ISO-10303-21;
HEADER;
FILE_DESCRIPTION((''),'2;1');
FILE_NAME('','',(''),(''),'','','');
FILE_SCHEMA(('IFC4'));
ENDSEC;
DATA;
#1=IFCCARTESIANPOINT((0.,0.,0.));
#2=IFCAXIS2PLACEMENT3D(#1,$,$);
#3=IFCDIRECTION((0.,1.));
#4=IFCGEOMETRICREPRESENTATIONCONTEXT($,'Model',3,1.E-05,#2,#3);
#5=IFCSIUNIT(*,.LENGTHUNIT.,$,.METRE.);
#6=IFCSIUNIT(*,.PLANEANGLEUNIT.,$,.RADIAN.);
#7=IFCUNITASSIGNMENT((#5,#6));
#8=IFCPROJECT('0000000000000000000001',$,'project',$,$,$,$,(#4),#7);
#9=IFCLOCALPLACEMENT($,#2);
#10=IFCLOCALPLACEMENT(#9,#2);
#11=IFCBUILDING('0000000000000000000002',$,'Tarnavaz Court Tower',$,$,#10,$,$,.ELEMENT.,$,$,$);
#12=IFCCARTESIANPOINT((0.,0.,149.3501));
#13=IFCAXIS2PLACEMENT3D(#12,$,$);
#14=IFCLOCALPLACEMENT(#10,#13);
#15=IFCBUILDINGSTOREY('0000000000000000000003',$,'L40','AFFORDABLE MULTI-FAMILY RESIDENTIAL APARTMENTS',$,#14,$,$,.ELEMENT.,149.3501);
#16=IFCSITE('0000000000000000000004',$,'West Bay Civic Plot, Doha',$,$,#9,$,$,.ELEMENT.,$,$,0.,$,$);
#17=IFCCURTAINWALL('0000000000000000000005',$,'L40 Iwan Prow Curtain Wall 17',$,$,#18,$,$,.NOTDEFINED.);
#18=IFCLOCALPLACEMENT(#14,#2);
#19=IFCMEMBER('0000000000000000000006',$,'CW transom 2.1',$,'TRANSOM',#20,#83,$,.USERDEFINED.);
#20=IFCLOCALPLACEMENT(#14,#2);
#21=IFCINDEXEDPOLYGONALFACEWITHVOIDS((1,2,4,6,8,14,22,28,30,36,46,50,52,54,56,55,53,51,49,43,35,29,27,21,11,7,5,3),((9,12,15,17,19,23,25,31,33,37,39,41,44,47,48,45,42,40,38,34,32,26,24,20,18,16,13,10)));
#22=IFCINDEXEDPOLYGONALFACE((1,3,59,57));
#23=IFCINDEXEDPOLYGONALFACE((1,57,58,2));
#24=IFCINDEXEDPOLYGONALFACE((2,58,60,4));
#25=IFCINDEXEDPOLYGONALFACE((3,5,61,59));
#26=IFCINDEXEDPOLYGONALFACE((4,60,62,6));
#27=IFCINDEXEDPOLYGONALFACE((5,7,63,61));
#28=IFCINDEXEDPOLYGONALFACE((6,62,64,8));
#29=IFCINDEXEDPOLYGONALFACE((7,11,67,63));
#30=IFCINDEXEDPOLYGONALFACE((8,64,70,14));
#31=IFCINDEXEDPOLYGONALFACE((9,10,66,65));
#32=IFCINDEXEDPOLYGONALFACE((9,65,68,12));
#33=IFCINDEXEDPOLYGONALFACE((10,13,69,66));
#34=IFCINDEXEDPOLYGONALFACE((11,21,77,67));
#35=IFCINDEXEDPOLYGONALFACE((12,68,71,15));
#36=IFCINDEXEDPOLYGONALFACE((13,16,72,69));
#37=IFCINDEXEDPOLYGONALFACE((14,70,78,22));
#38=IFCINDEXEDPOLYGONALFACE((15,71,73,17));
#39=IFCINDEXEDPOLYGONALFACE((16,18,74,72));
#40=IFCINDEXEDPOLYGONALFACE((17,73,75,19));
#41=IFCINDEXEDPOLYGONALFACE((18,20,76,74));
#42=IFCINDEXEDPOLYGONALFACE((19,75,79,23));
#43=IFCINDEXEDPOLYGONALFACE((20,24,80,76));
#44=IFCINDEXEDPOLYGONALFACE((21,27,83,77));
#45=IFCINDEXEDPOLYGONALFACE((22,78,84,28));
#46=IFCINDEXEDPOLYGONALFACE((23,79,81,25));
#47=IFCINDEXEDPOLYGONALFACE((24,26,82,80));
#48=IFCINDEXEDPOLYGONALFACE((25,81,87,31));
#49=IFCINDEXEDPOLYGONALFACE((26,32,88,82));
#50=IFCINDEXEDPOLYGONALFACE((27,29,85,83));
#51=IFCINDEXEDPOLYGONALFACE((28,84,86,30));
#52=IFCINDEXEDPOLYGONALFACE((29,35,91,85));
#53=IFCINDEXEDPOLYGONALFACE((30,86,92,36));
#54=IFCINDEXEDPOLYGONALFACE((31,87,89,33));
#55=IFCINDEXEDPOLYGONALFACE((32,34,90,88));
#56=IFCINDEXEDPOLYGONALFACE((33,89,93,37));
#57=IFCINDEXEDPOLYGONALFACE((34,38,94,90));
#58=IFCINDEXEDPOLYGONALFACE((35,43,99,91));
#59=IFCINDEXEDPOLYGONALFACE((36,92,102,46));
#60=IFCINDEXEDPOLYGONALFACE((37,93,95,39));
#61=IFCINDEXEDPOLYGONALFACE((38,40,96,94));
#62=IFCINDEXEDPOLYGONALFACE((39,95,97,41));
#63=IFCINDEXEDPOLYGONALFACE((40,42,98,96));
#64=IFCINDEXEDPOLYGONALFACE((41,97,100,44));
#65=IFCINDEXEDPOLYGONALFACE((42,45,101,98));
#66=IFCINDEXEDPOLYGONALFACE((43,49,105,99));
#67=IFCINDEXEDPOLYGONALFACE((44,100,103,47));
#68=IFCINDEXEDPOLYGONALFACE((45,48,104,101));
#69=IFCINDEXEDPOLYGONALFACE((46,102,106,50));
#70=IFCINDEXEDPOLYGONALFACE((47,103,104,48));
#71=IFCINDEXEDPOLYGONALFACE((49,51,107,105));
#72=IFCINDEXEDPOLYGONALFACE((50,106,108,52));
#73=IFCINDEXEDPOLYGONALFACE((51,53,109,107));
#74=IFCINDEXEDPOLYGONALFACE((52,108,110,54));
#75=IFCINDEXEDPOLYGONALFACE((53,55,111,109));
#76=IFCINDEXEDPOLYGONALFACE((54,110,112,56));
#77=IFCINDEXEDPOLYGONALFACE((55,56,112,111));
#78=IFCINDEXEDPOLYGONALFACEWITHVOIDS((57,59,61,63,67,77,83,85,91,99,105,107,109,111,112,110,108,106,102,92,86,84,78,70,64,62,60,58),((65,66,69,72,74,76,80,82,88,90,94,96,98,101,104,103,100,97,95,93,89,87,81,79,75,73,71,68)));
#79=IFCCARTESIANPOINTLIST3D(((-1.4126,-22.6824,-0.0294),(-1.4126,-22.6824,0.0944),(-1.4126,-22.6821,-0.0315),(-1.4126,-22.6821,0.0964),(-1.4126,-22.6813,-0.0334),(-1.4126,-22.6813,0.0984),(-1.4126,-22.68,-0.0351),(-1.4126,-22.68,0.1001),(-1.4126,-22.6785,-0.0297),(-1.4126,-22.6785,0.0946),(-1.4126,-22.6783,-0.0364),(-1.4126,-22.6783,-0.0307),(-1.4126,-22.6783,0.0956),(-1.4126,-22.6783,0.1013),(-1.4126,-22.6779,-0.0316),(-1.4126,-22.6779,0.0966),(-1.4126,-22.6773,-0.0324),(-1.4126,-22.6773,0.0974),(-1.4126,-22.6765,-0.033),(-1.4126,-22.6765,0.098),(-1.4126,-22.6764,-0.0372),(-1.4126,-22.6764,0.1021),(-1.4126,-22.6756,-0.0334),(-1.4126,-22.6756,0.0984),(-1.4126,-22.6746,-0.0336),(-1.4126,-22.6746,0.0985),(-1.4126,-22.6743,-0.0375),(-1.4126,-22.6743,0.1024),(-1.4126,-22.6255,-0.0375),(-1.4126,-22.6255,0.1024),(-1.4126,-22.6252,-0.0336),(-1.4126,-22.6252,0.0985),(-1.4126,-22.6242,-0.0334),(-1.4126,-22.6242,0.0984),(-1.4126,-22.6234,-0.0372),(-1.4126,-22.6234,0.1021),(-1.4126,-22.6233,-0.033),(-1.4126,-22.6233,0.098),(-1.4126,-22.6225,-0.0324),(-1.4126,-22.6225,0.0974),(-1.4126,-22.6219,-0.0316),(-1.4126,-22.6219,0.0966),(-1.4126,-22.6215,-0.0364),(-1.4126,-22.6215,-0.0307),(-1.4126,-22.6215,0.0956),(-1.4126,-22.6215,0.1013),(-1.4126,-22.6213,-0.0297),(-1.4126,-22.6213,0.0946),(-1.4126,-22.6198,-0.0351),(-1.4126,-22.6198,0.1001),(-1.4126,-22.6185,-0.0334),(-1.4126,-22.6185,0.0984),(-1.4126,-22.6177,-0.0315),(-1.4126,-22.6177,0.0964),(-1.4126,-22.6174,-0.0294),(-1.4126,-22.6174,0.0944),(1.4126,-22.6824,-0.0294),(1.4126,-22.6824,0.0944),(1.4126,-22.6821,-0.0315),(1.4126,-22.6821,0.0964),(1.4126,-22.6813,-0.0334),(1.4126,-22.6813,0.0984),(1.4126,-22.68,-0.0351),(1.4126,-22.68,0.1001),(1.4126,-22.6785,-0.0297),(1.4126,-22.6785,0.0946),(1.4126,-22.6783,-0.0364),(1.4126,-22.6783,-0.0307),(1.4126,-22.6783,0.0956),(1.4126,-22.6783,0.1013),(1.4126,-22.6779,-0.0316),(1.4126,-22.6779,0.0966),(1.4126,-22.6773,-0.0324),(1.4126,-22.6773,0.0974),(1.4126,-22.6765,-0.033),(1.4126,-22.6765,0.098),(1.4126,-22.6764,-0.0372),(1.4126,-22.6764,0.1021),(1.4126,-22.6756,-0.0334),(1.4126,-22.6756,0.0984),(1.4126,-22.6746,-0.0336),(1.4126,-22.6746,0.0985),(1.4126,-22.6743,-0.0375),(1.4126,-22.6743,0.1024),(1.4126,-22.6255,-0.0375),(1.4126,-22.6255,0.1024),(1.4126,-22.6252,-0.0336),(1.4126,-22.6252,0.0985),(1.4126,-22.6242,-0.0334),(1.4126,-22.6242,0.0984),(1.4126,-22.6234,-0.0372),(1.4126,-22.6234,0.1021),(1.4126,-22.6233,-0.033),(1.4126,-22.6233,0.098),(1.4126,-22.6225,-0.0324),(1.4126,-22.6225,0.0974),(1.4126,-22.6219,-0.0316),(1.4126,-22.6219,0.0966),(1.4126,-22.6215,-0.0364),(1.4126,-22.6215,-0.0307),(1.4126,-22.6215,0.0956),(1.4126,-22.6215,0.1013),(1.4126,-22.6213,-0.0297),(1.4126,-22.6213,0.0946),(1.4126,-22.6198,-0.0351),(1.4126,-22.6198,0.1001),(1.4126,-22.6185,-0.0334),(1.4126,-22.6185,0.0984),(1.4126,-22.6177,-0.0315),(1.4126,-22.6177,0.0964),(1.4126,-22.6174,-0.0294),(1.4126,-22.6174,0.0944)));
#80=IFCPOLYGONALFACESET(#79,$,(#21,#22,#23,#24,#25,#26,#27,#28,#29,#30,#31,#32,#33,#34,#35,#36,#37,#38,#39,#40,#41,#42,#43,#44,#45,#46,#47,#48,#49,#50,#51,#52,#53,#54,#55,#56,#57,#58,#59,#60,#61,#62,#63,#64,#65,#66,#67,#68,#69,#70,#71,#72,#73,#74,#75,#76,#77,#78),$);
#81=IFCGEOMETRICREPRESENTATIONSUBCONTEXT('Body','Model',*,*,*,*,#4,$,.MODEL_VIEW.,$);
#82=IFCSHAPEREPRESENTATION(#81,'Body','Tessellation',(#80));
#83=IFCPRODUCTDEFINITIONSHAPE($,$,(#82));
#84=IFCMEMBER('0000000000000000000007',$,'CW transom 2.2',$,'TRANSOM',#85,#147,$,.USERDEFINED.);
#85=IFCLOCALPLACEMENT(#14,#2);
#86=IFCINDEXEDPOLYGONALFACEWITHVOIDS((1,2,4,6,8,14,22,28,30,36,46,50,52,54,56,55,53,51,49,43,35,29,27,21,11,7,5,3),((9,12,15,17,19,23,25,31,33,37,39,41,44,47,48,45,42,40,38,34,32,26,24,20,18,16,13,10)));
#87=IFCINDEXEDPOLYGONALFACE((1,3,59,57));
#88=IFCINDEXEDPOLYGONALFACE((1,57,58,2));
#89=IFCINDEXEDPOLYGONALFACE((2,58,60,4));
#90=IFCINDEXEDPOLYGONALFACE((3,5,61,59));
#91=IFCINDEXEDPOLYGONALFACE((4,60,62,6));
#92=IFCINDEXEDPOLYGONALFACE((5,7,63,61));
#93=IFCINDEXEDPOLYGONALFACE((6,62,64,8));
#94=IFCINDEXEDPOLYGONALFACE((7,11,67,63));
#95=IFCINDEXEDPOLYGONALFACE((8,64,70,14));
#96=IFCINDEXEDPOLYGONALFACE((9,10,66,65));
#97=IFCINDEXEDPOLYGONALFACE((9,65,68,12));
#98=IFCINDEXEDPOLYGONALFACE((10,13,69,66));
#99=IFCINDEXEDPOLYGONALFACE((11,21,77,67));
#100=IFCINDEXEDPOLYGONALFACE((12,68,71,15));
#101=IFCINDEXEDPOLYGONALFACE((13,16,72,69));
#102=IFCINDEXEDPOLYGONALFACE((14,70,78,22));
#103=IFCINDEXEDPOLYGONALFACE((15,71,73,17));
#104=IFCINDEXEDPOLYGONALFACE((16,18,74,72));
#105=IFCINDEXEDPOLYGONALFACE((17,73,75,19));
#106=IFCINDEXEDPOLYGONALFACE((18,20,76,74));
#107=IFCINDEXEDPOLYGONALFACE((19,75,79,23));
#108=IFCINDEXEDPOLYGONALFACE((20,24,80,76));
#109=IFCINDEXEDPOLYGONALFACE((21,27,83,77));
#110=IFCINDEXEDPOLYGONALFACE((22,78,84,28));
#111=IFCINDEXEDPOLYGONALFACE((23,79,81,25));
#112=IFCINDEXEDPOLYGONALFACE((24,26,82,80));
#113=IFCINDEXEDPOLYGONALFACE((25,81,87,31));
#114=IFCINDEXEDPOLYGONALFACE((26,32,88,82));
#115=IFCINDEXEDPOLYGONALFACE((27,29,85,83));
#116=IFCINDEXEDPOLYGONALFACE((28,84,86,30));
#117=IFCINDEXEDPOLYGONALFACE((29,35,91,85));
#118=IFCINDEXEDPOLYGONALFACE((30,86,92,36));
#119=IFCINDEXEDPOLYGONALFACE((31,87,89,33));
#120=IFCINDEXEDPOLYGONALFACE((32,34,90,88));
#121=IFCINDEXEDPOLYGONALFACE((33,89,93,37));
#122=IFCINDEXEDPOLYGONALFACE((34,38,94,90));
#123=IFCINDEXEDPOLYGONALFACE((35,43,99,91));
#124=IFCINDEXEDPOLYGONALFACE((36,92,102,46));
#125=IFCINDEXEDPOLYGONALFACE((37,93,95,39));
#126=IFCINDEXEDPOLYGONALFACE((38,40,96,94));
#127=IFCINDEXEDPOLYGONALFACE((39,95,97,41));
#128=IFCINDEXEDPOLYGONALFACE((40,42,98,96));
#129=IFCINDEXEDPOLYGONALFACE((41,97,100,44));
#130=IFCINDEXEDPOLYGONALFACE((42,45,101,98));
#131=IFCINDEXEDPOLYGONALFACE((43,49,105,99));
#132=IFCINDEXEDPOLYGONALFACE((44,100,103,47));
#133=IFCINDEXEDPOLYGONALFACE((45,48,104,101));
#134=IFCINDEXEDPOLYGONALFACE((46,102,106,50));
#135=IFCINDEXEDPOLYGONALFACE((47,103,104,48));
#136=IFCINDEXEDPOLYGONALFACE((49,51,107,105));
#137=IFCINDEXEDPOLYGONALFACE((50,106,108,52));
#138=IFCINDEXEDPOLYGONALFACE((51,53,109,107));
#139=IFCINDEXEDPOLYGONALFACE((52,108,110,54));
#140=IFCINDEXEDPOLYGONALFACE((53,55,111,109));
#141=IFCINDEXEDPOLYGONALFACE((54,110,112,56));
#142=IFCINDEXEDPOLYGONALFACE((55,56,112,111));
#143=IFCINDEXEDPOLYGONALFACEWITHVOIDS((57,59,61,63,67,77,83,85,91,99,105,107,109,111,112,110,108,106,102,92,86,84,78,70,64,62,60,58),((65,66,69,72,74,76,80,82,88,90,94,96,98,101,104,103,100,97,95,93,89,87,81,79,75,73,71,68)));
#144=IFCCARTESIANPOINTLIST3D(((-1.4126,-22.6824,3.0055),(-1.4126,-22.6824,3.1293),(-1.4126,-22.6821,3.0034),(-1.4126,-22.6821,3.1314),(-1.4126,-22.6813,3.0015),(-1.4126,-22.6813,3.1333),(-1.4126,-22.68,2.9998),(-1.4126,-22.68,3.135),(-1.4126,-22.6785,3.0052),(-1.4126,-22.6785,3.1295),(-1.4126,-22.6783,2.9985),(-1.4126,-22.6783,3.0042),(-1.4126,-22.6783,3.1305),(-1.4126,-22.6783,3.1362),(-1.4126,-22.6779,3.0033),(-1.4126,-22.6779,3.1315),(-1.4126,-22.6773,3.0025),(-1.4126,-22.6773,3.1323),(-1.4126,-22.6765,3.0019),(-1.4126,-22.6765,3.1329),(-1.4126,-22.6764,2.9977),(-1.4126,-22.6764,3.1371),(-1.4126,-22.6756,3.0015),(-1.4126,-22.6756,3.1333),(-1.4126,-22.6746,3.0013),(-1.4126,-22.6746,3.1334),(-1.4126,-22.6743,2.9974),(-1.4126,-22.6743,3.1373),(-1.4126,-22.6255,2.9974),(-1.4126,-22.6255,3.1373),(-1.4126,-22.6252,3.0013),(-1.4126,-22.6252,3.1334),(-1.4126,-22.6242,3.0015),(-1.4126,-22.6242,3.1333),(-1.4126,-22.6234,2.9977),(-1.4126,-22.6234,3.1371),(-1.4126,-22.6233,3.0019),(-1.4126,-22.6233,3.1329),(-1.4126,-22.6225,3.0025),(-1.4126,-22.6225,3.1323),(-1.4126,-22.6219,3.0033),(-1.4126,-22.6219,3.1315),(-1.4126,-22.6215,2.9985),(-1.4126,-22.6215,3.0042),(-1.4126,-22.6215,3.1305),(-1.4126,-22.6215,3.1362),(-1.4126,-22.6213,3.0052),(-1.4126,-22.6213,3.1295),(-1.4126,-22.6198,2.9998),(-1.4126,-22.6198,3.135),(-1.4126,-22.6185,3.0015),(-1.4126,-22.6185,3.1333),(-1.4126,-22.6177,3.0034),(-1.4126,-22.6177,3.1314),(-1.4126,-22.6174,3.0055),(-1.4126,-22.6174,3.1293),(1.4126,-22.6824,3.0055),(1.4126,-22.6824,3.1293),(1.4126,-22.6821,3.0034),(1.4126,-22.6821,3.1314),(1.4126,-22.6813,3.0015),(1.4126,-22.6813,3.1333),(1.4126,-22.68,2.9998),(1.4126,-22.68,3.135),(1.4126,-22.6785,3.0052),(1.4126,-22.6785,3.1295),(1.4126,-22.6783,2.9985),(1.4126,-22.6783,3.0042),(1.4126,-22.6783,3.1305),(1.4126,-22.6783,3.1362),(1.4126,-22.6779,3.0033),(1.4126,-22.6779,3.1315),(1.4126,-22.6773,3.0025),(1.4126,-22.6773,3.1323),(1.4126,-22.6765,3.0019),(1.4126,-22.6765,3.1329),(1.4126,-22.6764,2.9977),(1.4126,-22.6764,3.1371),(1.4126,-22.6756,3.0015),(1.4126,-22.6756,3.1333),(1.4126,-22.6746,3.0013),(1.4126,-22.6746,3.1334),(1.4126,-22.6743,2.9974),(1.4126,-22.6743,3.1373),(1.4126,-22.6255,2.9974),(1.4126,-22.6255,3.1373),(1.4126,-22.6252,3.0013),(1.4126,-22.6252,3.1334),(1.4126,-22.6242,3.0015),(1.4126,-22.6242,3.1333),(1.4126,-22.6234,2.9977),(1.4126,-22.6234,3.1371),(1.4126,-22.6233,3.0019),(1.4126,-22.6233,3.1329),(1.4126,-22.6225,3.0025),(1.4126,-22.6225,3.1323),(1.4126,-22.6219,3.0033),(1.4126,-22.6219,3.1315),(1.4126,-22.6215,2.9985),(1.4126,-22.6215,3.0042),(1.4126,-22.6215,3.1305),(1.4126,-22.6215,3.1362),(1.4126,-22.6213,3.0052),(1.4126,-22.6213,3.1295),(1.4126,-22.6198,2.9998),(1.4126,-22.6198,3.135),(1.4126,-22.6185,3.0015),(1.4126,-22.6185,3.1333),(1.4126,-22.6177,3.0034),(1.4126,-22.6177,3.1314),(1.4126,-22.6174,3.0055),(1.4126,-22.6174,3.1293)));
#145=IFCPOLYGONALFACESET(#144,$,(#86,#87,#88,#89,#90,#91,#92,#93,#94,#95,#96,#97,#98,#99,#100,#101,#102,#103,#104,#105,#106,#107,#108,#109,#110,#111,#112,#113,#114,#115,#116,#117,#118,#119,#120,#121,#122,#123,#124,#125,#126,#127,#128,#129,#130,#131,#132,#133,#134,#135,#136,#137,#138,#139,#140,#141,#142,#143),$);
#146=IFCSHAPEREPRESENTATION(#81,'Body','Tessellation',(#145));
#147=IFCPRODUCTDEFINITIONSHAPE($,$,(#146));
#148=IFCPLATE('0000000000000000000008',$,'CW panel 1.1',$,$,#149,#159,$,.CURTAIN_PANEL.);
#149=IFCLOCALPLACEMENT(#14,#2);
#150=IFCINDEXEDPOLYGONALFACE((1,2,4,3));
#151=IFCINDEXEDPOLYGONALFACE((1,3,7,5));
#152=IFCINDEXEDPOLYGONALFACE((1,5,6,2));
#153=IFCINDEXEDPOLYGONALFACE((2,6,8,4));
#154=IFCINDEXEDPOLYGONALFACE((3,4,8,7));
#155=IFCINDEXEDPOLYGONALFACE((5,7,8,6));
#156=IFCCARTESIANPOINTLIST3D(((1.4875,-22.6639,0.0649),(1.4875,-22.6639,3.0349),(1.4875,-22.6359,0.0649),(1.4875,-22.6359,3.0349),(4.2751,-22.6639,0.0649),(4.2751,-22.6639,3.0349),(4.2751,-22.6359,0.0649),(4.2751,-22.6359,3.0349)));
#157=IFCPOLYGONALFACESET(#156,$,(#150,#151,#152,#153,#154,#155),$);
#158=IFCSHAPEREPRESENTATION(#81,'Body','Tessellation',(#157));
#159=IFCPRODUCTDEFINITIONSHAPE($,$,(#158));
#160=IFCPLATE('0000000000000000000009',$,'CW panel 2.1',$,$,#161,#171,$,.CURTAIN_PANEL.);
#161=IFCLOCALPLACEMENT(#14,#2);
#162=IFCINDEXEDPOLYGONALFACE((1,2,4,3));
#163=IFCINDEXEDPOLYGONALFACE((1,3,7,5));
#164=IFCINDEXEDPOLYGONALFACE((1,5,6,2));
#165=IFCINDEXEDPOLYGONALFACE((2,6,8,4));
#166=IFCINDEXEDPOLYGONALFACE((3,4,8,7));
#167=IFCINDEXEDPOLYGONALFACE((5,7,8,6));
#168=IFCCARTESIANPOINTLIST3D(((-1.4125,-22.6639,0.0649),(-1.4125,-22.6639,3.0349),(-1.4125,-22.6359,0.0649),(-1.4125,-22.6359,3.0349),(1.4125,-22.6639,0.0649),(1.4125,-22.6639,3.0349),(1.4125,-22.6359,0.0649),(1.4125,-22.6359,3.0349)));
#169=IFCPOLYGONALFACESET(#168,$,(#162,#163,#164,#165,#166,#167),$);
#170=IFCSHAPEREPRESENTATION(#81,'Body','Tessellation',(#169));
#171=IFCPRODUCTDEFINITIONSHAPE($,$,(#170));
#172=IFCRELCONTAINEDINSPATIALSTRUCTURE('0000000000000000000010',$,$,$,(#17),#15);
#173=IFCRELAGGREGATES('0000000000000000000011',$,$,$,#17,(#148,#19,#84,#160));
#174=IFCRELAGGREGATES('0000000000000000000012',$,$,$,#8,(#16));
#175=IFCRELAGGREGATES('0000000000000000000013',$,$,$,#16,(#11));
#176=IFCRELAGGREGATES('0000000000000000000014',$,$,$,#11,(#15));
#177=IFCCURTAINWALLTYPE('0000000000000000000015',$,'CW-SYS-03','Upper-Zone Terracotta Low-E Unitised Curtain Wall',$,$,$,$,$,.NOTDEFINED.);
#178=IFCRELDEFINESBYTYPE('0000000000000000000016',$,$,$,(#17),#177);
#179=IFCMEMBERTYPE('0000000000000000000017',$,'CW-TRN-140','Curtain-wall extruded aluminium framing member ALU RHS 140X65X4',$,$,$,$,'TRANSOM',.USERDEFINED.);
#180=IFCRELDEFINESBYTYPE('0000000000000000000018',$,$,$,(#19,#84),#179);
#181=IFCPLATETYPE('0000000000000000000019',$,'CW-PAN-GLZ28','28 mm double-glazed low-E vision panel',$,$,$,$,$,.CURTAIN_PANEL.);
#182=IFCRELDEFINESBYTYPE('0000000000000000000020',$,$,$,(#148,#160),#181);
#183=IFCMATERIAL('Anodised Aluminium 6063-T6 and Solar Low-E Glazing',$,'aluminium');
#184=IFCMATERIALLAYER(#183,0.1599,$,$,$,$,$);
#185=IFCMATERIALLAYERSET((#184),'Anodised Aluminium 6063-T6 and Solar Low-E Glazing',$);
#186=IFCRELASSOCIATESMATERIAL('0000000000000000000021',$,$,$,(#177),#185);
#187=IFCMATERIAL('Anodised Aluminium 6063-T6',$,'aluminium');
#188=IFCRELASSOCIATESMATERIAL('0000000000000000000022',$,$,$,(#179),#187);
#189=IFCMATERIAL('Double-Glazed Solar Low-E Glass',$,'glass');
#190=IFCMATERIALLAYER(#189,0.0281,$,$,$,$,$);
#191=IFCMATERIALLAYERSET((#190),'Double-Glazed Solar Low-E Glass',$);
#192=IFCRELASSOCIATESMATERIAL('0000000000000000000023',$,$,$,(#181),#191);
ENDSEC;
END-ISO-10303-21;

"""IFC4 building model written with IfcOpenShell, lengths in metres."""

from ifc_helpers import new_model, si_unit, direction, frame, origin, origin_2d, place, context, subcontext, project, spatial, rectangle, hollow_rectangle, extrude, material, layer, layer_set, material_profile, profile_set, type_object, element, aggregate, save


model = new_model("IFC4")

# Units and contexts
model_context = context("Model", 3, precision=1e-05, world=origin(), true_north=direction((0.0, 1.0)))
body_context = subcontext(model_context, "Body", "Model", "MODEL_VIEW")
ifc_project = project(units=[si_unit("LENGTHUNIT", "METRE"), si_unit("PLANEANGLEUNIT", "RADIAN")], contexts=[model_context])

# Site, building, storey
site_placement = place(None, origin())
site = spatial("IfcSite", under=ifc_project, at=site_placement, Name="West Bay Civic Plot, Doha", CompositionType="ELEMENT", RefElevation=0.0)
building_placement = place(site_placement, origin())
building = spatial("IfcBuilding", under=site, at=building_placement, Name="Tarnavaz Court Tower", CompositionType="ELEMENT")
storey_placement = place(building_placement, frame((0.0, 0.0, 149.3501)))
storey = spatial("IfcBuildingStorey", under=building, at=storey_placement, Name="L40", Description="AFFORDABLE MULTI-FAMILY RESIDENTIAL APARTMENTS", CompositionType="ELEMENT", Elevation=149.3501)

# Curtain wall, members, plates
ifc_material_1 = material(Name="Anodised Aluminium 6063-T6 and Solar Low-E Glazing", Category="aluminium")
ifc_layer_1 = layer(ifc_material_1, 0.1599)
ifc_layer_set_1 = layer_set([ifc_layer_1], Name="Anodised Aluminium 6063-T6 and Solar Low-E Glazing")
curtain_wall_type = type_object("IfcCurtainWallType", Name="CW-SYS-03", Description="Upper-Zone Terracotta Low-E Unitised Curtain Wall", PredefinedType="NOTDEFINED", material=ifc_layer_set_1)
curtain_wall_placement = place(storey_placement, origin())
curtain_wall = element("IfcCurtainWall", 1, at=curtain_wall_placement, inside=storey, type_object=curtain_wall_type, Name="L40 Iwan Prow Curtain Wall 17", PredefinedType="NOTDEFINED")
ifc_material_2 = material(Name="Anodised Aluminium 6063-T6", Category="aluminium")
ifc_material_profile_1 = material_profile(ifc_material_2, hollow_rectangle(XDim=0.0649, YDim=0.1399, WallThickness=0.0039, InnerFilletRadius=0.0039, OuterFilletRadius=0.0081, at=origin_2d()), Name="ALU RHS 140X65X4")
ifc_profile_set_1 = profile_set([ifc_material_profile_1], Name="Anodised Aluminium 6063-T6")
member_type_1 = type_object("IfcMemberType", Name="CW-TRN-140", Description="Curtain-wall extruded aluminium framing member ALU RHS 140X65X4", ElementType="TRANSOM", PredefinedType="USERDEFINED", material=ifc_profile_set_1)
member_1_placement = place(storey_placement, frame((1.4126, -22.6499, 0.0325), z_axis=(-1.0, 0.0, 0.0), x_axis=(0.0, -1.0, 0.0)))
member_1 = element("IfcMember", 2, at=member_1_placement, type_object=member_type_1, Name="CW transom 2.1", ObjectType="TRANSOM", PredefinedType="USERDEFINED", context=body_context, shape_type="SweptSolid", body=[
    extrude(hollow_rectangle(XDim=0.0649, YDim=0.1399, WallThickness=0.0039, InnerFilletRadius=0.0039, OuterFilletRadius=0.0081, at=origin_2d()), origin(), (0.0, 0.0, 1.0), 2.8252),
])
member_2_placement = place(storey_placement, frame((1.4126, -22.6499, 3.0674), z_axis=(-1.0, 0.0, 0.0), x_axis=(0.0, -1.0, 0.0)))
member_2 = element("IfcMember", 3, at=member_2_placement, type_object=member_type_1, Name="CW transom 2.2", ObjectType="TRANSOM", PredefinedType="USERDEFINED", context=body_context, shape_type="SweptSolid", body=[
    extrude(hollow_rectangle(XDim=0.0649, YDim=0.1399, WallThickness=0.0039, InnerFilletRadius=0.0039, OuterFilletRadius=0.0081, at=origin_2d()), origin(), (0.0, 0.0, 1.0), 2.8252),
])
ifc_material_3 = material(Name="Double-Glazed Solar Low-E Glass", Category="glass")
ifc_layer_2 = layer(ifc_material_3, 0.0281)
ifc_layer_set_2 = layer_set([ifc_layer_2], Name="Double-Glazed Solar Low-E Glass")
plate_type = type_object("IfcPlateType", Name="CW-PAN-GLZ28", Description="28 mm double-glazed low-E vision panel", PredefinedType="CURTAIN_PANEL", material=ifc_layer_set_2)
plate_1_placement = place(storey_placement, frame((2.8813, -22.6499, 0.0649), z_axis=(0.0, 0.0, 1.0), x_axis=(-1.0, 0.0, 0.0)))
plate_1 = element("IfcPlate", 4, at=plate_1_placement, type_object=plate_type, Name="CW panel 1.1", PredefinedType="CURTAIN_PANEL", context=body_context, shape_type="SweptSolid", body=[
    extrude(rectangle(XDim=2.7876, YDim=0.0281, at=origin_2d()), origin(), (0.0, 0.0, 1.0), 2.97),
])
plate_2_placement = place(storey_placement, frame((0.0, -22.6499, 0.0649), z_axis=(0.0, 0.0, 1.0), x_axis=(-1.0, 0.0, 0.0)))
plate_2 = element("IfcPlate", 5, at=plate_2_placement, type_object=plate_type, Name="CW panel 2.1", PredefinedType="CURTAIN_PANEL", context=body_context, shape_type="SweptSolid", body=[
    extrude(rectangle(XDim=2.825, YDim=0.0281, at=origin_2d()), origin(), (0.0, 0.0, 1.0), 2.97),
])
aggregate(curtain_wall, [plate_1, member_1, member_2, plate_2])

save(model, "model.ifc")
